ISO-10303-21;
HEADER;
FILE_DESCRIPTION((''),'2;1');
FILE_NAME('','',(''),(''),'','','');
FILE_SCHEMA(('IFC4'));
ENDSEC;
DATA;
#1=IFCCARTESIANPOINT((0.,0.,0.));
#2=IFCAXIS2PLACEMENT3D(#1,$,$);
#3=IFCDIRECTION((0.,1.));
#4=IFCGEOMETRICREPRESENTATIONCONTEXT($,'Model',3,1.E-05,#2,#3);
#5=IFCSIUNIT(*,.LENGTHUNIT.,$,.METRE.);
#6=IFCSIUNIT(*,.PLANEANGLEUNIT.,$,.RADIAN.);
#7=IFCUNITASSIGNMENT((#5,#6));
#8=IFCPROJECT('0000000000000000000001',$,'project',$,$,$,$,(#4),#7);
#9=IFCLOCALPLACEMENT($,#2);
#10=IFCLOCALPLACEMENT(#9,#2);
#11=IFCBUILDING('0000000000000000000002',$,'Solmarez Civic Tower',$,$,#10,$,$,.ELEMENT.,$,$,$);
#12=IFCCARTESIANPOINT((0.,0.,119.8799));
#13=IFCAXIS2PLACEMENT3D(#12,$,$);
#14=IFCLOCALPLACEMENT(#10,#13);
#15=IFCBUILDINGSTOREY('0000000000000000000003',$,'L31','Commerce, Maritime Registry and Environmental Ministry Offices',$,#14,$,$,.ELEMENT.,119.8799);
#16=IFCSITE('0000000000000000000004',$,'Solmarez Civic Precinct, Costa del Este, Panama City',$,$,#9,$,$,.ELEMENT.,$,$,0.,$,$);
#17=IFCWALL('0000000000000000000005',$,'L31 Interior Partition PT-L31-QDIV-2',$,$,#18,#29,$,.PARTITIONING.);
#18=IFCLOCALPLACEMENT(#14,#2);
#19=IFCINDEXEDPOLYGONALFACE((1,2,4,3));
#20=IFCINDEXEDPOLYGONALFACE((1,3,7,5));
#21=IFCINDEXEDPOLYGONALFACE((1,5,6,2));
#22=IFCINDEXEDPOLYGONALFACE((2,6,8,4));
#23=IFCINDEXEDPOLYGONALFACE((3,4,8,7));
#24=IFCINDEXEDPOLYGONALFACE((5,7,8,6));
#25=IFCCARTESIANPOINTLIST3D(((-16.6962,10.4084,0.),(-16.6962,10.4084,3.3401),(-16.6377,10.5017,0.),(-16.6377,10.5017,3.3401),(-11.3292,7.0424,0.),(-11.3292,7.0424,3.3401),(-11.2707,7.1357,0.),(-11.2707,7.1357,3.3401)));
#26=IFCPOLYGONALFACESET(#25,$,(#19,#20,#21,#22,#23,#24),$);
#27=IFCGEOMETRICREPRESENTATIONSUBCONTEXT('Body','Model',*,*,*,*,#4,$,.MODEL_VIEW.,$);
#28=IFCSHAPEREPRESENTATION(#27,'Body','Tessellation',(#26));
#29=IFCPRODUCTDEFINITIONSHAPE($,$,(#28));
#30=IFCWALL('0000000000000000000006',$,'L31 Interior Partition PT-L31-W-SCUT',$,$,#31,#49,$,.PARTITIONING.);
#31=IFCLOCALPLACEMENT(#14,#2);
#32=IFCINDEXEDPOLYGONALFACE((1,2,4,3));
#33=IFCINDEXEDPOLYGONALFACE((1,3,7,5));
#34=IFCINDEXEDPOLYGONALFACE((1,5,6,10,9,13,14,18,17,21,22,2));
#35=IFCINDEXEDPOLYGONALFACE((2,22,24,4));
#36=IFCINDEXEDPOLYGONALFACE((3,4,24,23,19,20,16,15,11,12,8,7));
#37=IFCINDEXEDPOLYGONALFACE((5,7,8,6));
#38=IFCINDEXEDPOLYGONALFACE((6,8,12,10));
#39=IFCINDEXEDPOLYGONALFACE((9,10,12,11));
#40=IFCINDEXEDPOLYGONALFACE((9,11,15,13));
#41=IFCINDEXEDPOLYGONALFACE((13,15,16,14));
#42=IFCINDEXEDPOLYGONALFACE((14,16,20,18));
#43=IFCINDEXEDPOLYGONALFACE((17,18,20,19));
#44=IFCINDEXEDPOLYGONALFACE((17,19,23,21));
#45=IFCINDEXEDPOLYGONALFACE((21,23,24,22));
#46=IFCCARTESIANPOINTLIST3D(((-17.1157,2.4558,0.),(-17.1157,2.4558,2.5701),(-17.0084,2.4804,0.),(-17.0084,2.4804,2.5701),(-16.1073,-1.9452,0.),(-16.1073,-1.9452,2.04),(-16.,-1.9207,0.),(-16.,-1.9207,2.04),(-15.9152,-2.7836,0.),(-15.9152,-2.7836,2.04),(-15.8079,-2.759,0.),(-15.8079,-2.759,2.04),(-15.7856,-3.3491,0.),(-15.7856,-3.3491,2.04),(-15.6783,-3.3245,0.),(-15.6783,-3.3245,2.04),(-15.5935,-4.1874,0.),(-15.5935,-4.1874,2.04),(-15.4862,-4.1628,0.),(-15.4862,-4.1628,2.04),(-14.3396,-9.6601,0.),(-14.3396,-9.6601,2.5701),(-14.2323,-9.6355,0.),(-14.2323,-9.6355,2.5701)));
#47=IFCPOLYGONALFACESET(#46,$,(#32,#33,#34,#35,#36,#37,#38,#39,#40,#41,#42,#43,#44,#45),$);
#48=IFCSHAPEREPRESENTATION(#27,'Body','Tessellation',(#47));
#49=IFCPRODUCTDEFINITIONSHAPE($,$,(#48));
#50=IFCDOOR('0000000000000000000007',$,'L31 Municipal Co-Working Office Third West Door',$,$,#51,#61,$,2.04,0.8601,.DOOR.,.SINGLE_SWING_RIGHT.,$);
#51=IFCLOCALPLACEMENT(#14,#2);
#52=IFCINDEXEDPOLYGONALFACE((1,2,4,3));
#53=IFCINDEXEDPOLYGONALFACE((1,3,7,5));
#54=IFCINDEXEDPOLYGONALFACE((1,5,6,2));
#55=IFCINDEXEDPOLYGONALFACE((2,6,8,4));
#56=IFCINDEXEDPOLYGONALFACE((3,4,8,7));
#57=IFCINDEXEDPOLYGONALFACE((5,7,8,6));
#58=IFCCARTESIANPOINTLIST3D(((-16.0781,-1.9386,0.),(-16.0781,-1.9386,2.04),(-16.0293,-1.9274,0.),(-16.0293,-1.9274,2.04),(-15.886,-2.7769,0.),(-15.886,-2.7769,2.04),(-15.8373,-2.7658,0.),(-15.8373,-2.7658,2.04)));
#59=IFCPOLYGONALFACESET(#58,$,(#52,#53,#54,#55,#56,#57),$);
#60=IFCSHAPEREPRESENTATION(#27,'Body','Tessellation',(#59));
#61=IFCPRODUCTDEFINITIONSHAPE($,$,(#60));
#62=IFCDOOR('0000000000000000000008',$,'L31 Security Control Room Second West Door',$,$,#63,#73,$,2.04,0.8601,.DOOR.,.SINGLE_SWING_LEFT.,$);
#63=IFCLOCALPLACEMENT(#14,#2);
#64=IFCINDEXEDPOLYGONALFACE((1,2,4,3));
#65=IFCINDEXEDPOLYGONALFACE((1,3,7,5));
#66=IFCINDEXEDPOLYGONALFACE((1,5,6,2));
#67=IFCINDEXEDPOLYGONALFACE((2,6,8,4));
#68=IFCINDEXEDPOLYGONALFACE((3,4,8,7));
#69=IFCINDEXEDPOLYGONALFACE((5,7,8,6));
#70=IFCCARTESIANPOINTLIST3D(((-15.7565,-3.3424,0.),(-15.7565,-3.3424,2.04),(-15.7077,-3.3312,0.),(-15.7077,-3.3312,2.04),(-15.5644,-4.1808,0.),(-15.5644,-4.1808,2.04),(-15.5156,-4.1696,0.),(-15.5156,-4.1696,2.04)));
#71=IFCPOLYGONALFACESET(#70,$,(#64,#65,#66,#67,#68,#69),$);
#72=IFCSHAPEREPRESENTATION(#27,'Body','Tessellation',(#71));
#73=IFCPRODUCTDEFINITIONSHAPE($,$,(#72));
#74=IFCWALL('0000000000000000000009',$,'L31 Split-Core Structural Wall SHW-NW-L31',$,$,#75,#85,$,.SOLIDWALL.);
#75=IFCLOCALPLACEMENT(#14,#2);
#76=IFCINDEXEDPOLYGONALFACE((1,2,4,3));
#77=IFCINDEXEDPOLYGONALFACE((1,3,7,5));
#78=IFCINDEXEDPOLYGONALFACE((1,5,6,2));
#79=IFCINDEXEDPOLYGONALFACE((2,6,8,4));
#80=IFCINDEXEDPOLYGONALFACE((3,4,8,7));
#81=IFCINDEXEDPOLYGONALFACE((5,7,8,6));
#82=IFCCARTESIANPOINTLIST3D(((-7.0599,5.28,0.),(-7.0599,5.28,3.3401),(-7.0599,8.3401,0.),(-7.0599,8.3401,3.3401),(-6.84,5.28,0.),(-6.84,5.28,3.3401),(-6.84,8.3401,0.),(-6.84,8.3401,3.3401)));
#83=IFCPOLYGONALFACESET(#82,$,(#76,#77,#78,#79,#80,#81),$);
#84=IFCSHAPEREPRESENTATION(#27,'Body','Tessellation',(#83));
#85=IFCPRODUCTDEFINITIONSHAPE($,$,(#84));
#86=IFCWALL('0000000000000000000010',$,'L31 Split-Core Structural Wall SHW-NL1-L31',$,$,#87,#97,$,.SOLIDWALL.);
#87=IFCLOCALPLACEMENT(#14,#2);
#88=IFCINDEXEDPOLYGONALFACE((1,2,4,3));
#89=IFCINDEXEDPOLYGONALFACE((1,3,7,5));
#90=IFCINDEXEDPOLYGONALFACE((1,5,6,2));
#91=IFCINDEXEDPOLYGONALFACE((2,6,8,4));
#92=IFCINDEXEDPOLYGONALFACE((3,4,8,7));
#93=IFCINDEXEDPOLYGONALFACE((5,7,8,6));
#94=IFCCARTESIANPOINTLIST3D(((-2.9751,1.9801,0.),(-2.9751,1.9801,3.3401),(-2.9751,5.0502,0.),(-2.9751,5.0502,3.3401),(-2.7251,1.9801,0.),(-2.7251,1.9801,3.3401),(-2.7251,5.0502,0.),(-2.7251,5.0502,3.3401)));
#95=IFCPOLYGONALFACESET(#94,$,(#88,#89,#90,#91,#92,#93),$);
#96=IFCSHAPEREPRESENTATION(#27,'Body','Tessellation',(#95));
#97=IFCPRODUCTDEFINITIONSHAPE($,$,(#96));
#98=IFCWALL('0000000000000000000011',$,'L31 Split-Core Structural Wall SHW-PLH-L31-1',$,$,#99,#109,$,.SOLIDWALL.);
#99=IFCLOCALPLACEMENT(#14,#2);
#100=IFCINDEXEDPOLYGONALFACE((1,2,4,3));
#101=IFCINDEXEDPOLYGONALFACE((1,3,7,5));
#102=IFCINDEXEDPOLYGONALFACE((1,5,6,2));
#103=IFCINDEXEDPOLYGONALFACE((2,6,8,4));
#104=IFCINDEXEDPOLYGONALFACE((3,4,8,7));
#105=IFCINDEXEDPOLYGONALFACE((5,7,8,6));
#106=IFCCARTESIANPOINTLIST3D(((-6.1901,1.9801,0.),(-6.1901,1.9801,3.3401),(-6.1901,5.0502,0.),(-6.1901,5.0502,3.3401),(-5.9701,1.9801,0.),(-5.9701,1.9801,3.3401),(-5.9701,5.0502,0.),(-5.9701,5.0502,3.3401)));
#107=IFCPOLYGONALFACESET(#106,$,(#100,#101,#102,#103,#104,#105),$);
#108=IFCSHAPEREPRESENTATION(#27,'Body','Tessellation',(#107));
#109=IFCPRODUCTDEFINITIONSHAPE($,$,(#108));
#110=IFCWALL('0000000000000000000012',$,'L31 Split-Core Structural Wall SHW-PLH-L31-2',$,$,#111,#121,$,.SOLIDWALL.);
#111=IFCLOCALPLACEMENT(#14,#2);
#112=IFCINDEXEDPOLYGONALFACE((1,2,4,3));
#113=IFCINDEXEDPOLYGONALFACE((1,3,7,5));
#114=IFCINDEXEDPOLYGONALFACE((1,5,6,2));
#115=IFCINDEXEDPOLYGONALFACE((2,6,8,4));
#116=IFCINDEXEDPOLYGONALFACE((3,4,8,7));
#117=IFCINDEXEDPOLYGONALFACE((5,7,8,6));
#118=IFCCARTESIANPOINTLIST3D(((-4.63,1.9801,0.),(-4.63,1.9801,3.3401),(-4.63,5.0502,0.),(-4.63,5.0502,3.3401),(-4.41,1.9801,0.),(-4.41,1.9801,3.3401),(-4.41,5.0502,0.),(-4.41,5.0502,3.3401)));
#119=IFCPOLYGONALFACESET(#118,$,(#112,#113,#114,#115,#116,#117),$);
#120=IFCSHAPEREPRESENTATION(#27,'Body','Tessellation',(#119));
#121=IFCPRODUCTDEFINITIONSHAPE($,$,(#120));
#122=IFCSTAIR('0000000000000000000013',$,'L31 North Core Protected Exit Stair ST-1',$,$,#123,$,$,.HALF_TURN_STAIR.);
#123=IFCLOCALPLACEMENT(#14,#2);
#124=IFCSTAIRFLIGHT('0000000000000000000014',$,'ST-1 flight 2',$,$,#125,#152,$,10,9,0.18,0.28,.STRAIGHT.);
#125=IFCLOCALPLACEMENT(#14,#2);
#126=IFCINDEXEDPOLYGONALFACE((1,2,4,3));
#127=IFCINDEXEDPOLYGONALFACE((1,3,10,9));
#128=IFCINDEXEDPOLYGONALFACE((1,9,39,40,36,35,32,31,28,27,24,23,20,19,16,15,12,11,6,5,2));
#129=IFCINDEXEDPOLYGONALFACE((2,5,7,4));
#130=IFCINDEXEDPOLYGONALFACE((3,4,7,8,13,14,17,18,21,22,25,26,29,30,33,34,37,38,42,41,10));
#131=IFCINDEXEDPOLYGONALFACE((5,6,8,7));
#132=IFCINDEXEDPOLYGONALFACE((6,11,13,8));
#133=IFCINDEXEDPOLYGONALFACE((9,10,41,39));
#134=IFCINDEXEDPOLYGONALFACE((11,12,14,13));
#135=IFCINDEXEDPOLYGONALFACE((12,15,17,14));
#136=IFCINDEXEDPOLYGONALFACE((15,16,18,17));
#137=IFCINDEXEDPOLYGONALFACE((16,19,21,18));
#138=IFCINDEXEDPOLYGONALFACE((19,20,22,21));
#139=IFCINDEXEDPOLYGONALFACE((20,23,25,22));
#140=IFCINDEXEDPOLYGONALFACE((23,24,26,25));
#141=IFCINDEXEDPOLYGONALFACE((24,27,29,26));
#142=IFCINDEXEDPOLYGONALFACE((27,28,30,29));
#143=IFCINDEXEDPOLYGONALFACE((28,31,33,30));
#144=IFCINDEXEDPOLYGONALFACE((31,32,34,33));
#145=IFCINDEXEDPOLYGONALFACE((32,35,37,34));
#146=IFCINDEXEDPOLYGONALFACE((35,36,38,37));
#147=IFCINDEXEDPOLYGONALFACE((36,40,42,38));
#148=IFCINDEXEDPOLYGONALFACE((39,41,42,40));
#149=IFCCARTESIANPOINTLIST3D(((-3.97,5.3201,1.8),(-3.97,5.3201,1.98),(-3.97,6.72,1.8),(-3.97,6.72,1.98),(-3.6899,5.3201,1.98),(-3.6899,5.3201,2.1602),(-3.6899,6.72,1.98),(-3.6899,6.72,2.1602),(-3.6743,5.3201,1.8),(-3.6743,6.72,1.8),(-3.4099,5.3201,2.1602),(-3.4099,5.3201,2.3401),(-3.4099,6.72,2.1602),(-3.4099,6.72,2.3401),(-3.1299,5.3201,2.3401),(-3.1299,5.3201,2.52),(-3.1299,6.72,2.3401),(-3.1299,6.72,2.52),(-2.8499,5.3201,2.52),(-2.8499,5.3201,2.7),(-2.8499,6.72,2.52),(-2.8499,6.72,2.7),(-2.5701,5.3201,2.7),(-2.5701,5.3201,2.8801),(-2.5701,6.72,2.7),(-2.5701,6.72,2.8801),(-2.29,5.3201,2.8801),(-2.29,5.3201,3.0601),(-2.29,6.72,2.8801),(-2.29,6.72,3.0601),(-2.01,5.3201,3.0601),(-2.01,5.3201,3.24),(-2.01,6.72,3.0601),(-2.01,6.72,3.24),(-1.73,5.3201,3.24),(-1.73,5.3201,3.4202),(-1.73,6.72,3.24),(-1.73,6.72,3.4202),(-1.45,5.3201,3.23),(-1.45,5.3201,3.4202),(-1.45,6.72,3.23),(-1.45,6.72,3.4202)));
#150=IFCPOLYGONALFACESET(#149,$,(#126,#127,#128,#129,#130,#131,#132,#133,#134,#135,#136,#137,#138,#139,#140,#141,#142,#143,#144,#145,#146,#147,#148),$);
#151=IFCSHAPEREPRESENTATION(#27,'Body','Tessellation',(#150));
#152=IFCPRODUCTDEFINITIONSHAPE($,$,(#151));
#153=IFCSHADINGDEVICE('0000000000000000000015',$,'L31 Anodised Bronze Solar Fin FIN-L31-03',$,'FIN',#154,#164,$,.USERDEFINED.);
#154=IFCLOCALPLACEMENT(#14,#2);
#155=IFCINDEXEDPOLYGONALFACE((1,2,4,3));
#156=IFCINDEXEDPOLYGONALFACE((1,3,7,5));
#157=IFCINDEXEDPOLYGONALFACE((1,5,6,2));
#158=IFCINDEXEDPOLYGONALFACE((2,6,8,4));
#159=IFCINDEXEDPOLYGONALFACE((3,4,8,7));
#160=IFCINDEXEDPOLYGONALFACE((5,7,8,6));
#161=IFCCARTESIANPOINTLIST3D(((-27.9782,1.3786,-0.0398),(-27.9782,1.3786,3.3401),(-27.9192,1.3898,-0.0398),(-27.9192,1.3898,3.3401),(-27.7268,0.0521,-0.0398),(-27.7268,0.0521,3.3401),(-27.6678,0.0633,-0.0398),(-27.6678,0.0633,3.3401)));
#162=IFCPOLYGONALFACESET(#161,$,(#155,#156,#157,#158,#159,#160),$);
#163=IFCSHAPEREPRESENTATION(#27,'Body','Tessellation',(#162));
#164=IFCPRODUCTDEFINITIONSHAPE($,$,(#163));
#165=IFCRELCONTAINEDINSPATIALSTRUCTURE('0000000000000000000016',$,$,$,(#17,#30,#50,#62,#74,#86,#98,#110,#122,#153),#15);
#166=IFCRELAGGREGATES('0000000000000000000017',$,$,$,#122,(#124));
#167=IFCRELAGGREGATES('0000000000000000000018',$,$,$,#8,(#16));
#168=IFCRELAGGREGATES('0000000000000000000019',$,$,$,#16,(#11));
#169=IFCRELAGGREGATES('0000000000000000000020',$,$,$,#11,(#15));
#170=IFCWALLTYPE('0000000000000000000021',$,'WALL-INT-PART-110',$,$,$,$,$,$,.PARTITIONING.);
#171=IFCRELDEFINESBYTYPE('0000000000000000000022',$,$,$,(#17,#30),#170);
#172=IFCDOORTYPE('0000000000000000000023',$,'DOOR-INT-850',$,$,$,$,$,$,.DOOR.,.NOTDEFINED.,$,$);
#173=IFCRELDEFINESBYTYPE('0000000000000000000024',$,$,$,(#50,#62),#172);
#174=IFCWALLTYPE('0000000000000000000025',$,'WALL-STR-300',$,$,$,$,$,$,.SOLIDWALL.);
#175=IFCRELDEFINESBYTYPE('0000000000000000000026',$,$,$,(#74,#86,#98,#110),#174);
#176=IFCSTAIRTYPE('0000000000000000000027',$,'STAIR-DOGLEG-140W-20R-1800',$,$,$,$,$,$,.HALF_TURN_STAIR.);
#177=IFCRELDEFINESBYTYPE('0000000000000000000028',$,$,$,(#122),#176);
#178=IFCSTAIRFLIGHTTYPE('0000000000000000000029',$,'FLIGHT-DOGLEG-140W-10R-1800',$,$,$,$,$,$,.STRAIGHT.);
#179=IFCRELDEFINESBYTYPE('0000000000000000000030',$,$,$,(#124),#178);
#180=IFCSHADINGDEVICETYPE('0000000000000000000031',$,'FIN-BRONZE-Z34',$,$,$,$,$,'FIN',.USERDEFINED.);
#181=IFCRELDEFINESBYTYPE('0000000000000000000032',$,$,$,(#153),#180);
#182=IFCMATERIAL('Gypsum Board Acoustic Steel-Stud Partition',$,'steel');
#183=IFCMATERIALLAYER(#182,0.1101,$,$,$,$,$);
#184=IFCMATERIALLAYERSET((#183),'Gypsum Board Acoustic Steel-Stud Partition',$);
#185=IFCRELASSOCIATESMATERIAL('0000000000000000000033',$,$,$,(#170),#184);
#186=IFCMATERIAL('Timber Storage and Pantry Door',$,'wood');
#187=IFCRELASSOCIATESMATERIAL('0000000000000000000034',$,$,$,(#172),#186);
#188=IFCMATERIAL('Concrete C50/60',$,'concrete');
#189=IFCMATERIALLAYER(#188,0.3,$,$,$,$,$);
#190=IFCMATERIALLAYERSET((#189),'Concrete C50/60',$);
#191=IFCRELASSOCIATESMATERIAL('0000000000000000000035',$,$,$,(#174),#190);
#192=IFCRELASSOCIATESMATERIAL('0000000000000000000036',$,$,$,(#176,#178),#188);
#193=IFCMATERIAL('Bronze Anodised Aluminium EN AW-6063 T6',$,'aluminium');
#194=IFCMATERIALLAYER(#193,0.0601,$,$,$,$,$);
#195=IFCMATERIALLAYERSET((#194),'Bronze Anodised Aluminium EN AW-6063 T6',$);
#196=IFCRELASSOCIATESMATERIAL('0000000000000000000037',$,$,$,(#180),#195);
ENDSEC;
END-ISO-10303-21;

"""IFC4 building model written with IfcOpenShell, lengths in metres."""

from ifc_helpers import new_model, si_unit, direction, frame, frame_2d, origin, origin_2d, place, context, subcontext, project, spatial, polyline, rectangle, outline, extrude, material, layer, layer_set, type_object, element, fill, aggregate, save


model = new_model("IFC4")

# Units and contexts
model_context = context("Model", 3, precision=1e-05, world=origin(), true_north=direction((0.0, 1.0)))
body_context = subcontext(model_context, "Body", "Model", "MODEL_VIEW")
ifc_project = project(units=[si_unit("LENGTHUNIT", "METRE"), si_unit("PLANEANGLEUNIT", "RADIAN")], contexts=[model_context])

# Site, building, storey
site_placement = place(None, origin())
site = spatial("IfcSite", under=ifc_project, at=site_placement, Name="Solmarez Civic Precinct, Costa del Este, Panama City", CompositionType="ELEMENT", RefElevation=0.0)
building_placement = place(site_placement, origin())
building = spatial("IfcBuilding", under=site, at=building_placement, Name="Solmarez Civic Tower", CompositionType="ELEMENT")
storey_placement = place(building_placement, frame((0.0, 0.0, 119.8799)))
storey = spatial("IfcBuildingStorey", under=building, at=storey_placement, Name="L31", Description="Commerce, Maritime Registry and Environmental Ministry Offices", CompositionType="ELEMENT", Elevation=119.8799)

# Shared definitions
ifc_material_1 = material(Name="Concrete C50/60", Category="concrete")

# Wall
ifc_material_2 = material(Name="Gypsum Board Acoustic Steel-Stud Partition", Category="steel")
ifc_layer_1 = layer(ifc_material_2, 0.1101)
ifc_layer_set_1 = layer_set([ifc_layer_1], Name="Gypsum Board Acoustic Steel-Stud Partition")
wall_type_1 = type_object("IfcWallType", Name="WALL-INT-PART-110", PredefinedType="PARTITIONING", material=ifc_layer_set_1)
wall_1_placement = place(storey_placement, frame((-11.3, 7.0891, 0.0), z_axis=(0.0, 0.0, 1.0), x_axis=(-0.847172, 0.531318, 0.0)))
element("IfcWall", 1, at=wall_1_placement, inside=storey, type_object=wall_type_1, Name="L31 Interior Partition PT-L31-QDIV-2", PredefinedType="PARTITIONING", context=body_context, shape_type="SweptSolid", body=[
    extrude(rectangle(XDim=6.3352, YDim=0.1101, at=frame_2d((3.1675, 0.0))), origin(), (0.0, 0.0, 1.0), 3.3401),
])

# Wall, openings, doors
wall_2_placement = place(storey_placement, frame((-17.062, 2.468, 0.0), z_axis=(0.0, 0.0, 1.0), x_axis=(0.223342, -0.97474, 0.0)))
wall_2 = element("IfcWall", 2, at=wall_2_placement, inside=storey, type_object=wall_type_1, Name="L31 Interior Partition PT-L31-W-SCUT", PredefinedType="PARTITIONING", context=body_context, shape_type="SweptSolid", body=[
    extrude(rectangle(XDim=12.4299, YDim=0.1101, at=frame_2d((6.2148, 0.0))), origin(), (0.0, 0.0, 1.0), 2.5701),
])
opening_1_placement = place(wall_2_placement, frame((4.5149, 0.0, 0.0)))
opening_1 = element("IfcOpeningElement", 3, at=opening_1_placement, cuts=wall_2, PredefinedType="OPENING", context=body_context, shape_type="SweptSolid", body=[
    extrude(rectangle(XDim=0.8601, YDim=2.04, at=frame_2d((0.4302, 1.02))), frame((0.0, 0.0649, 0.0), z_axis=(0.0, -1.0, 0.0), x_axis=(1.0, 0.0, 0.0)), (0.0, 0.0, 1.0), 0.1301),
])
opening_2_placement = place(wall_2_placement, frame((5.9551, 0.0, 0.0)))
opening_2 = element("IfcOpeningElement", 4, at=opening_2_placement, cuts=wall_2, PredefinedType="OPENING", context=body_context, shape_type="SweptSolid", body=[
    extrude(rectangle(XDim=0.8601, YDim=2.04, at=frame_2d((0.4302, 1.02))), frame((0.0, 0.0649, 0.0), z_axis=(0.0, -1.0, 0.0), x_axis=(1.0, 0.0, 0.0)), (0.0, 0.0, 1.0), 0.1301),
])
ifc_material_3 = material(Name="Timber Storage and Pantry Door", Category="wood")
door_type = type_object("IfcDoorType", Name="DOOR-INT-850", OperationType="NOTDEFINED", PredefinedType="DOOR", material=ifc_material_3)
door_1_placement = place(opening_1_placement, origin())
door_1 = element("IfcDoor", 5, at=door_1_placement, inside=storey, type_object=door_type, Name="L31 Municipal Co-Working Office Third West Door", OperationType="SINGLE_SWING_RIGHT", OverallHeight=2.04, OverallWidth=0.8601, PredefinedType="DOOR", context=body_context, shape_type="SweptSolid", body=[
    extrude(rectangle(XDim=0.8601, YDim=2.04, at=frame_2d((0.4302, 1.02))), frame((0.0, 0.0249, 0.0), z_axis=(0.0, -1.0, 0.0), x_axis=(1.0, 0.0, 0.0)), (0.0, 0.0, 1.0), 0.05),
])
fill(opening_1, door_1)
door_2_placement = place(opening_2_placement, origin())
door_2 = element("IfcDoor", 6, at=door_2_placement, inside=storey, type_object=door_type, Name="L31 Security Control Room Second West Door", OperationType="SINGLE_SWING_LEFT", OverallHeight=2.04, OverallWidth=0.8601, PredefinedType="DOOR", context=body_context, shape_type="SweptSolid", body=[
    extrude(rectangle(XDim=0.8601, YDim=2.04, at=frame_2d((0.4302, 1.02))), frame((0.0, 0.0249, 0.0), z_axis=(0.0, -1.0, 0.0), x_axis=(1.0, 0.0, 0.0)), (0.0, 0.0, 1.0), 0.05),
])
fill(opening_2, door_2)

# Walls
ifc_layer_2 = layer(ifc_material_1, 0.3)
ifc_layer_set_2 = layer_set([ifc_layer_2], Name="Concrete C50/60")
wall_type_2 = type_object("IfcWallType", Name="WALL-STR-300", PredefinedType="SOLIDWALL", material=ifc_layer_set_2)
wall_3_placement = place(storey_placement, frame((-6.95, 5.28, 0.0), z_axis=(0.0, 0.0, 1.0), x_axis=(0.0, 1.0, 0.0)))
element("IfcWall", 7, at=wall_3_placement, inside=storey, type_object=wall_type_2, Name="L31 Split-Core Structural Wall SHW-NW-L31", PredefinedType="SOLIDWALL", context=body_context, shape_type="SweptSolid", body=[
    extrude(rectangle(XDim=3.0601, YDim=0.22, at=frame_2d((1.53, 0.0))), origin(), (0.0, 0.0, 1.0), 3.3401),
])
wall_4_placement = place(storey_placement, frame((-2.8501, 1.98, 0.0), z_axis=(0.0, 0.0, 1.0), x_axis=(0.0, 1.0, 0.0)))
element("IfcWall", 8, at=wall_4_placement, inside=storey, type_object=wall_type_2, Name="L31 Split-Core Structural Wall SHW-NL1-L31", PredefinedType="SOLIDWALL", context=body_context, shape_type="SweptSolid", body=[
    extrude(rectangle(XDim=3.0701, YDim=0.25, at=frame_2d((1.5352, 0.0))), origin(), (0.0, 0.0, 1.0), 3.3401),
])
for number, where, z_axis, x_axis, name in (
    (9, (-6.0801, 1.98, 0.0), (0.0, 0.0, 1.0), (0.0, 1.0, 0.0), "L31 Split-Core Structural Wall SHW-PLH-L31-1"),
    (10, (-4.52, 1.98, 0.0), (0.0, 0.0, 1.0), (0.0, 1.0, 0.0), "L31 Split-Core Structural Wall SHW-PLH-L31-2"),
):
    element("IfcWall", number, at=place(storey_placement, frame(where, z_axis=z_axis, x_axis=x_axis)), inside=storey, type_object=wall_type_2, Name=name, PredefinedType="SOLIDWALL", context=body_context, shape_type="SweptSolid", body=[
        extrude(rectangle(XDim=3.0701, YDim=0.22, at=frame_2d((1.5352, 0.0))), origin(), (0.0, 0.0, 1.0), 3.3401),
    ])

# Stair, stair flight
stair_type = type_object("IfcStairType", Name="STAIR-DOGLEG-140W-20R-1800", PredefinedType="HALF_TURN_STAIR", material=ifc_material_1)
stair_placement = place(storey_placement, origin())
stair = element("IfcStair", 11, at=stair_placement, inside=storey, type_object=stair_type, Name="L31 North Core Protected Exit Stair ST-1", PredefinedType="HALF_TURN_STAIR")
stair_flight_type = type_object("IfcStairFlightType", Name="FLIGHT-DOGLEG-140W-10R-1800", PredefinedType="STRAIGHT", material=ifc_material_1)
stair_flight_placement = place(storey_placement, frame((-3.97, 6.02, 1.8), z_axis=(0.0, 0.0, 1.0), x_axis=(1.0, 0.0, 0.0)))
stair_flight = element("IfcStairFlight", 12, at=stair_flight_placement, type_object=stair_flight_type, Name="ST-1 flight 2", NumberOfRisers=10, NumberOfTreads=9, PredefinedType="STRAIGHT", RiserHeight=0.18, TreadLength=0.28, context=body_context, shape_type="SweptSolid", body=[
    extrude(outline(polyline([(0.0, 0.0), (0.0, 0.1799), (0.28, 0.1799), (0.28, 0.3601), (0.5601, 0.3601), (0.5601, 0.54), (0.8401, 0.54), (0.8401, 0.72), (1.1201, 0.72), (1.1201, 0.8999), (1.3999, 0.8999), (1.3999, 1.0801), (1.6799, 1.0801), (1.6799, 1.26), (1.96, 1.26), (1.96, 1.4399), (2.24, 1.4399), (2.24, 1.6201), (2.52, 1.6201), (2.52, 1.8), (2.52, 1.4299), (0.2957, 0.0), (0.0, 0.0)])), frame((0.0, 0.7, 0.0), z_axis=(0.0, -1.0, 0.0), x_axis=(1.0, 0.0, 0.0)), (0.0, 0.0, 1.0), 1.3999),
])
aggregate(stair, [stair_flight])

# Shading device
ifc_material_4 = material(Name="Bronze Anodised Aluminium EN AW-6063 T6", Category="aluminium")
ifc_layer_3 = layer(ifc_material_4, 0.0601)
ifc_layer_set_3 = layer_set([ifc_layer_3], Name="Bronze Anodised Aluminium EN AW-6063 T6")
shading_device_type = type_object("IfcShadingDeviceType", Name="FIN-BRONZE-Z34", ElementType="FIN", PredefinedType="USERDEFINED", material=ifc_layer_set_3)
shading_device_placement = place(storey_placement, frame((-27.823, 0.7209, -0.0398), z_axis=(0.0, 0.0, 1.0), x_axis=(-0.186164, 0.982519, 0.0)))
element("IfcShadingDevice", 13, at=shading_device_placement, inside=storey, type_object=shading_device_type, Name="L31 Anodised Bronze Solar Fin FIN-L31-03", ObjectType="FIN", PredefinedType="USERDEFINED", context=body_context, shape_type="SweptSolid", body=[
    extrude(rectangle(XDim=1.3501, YDim=0.0601, at=origin_2d()), origin(), (0.0, 0.0, 1.0), 3.3799),
])

save(model, "model.ifc")
